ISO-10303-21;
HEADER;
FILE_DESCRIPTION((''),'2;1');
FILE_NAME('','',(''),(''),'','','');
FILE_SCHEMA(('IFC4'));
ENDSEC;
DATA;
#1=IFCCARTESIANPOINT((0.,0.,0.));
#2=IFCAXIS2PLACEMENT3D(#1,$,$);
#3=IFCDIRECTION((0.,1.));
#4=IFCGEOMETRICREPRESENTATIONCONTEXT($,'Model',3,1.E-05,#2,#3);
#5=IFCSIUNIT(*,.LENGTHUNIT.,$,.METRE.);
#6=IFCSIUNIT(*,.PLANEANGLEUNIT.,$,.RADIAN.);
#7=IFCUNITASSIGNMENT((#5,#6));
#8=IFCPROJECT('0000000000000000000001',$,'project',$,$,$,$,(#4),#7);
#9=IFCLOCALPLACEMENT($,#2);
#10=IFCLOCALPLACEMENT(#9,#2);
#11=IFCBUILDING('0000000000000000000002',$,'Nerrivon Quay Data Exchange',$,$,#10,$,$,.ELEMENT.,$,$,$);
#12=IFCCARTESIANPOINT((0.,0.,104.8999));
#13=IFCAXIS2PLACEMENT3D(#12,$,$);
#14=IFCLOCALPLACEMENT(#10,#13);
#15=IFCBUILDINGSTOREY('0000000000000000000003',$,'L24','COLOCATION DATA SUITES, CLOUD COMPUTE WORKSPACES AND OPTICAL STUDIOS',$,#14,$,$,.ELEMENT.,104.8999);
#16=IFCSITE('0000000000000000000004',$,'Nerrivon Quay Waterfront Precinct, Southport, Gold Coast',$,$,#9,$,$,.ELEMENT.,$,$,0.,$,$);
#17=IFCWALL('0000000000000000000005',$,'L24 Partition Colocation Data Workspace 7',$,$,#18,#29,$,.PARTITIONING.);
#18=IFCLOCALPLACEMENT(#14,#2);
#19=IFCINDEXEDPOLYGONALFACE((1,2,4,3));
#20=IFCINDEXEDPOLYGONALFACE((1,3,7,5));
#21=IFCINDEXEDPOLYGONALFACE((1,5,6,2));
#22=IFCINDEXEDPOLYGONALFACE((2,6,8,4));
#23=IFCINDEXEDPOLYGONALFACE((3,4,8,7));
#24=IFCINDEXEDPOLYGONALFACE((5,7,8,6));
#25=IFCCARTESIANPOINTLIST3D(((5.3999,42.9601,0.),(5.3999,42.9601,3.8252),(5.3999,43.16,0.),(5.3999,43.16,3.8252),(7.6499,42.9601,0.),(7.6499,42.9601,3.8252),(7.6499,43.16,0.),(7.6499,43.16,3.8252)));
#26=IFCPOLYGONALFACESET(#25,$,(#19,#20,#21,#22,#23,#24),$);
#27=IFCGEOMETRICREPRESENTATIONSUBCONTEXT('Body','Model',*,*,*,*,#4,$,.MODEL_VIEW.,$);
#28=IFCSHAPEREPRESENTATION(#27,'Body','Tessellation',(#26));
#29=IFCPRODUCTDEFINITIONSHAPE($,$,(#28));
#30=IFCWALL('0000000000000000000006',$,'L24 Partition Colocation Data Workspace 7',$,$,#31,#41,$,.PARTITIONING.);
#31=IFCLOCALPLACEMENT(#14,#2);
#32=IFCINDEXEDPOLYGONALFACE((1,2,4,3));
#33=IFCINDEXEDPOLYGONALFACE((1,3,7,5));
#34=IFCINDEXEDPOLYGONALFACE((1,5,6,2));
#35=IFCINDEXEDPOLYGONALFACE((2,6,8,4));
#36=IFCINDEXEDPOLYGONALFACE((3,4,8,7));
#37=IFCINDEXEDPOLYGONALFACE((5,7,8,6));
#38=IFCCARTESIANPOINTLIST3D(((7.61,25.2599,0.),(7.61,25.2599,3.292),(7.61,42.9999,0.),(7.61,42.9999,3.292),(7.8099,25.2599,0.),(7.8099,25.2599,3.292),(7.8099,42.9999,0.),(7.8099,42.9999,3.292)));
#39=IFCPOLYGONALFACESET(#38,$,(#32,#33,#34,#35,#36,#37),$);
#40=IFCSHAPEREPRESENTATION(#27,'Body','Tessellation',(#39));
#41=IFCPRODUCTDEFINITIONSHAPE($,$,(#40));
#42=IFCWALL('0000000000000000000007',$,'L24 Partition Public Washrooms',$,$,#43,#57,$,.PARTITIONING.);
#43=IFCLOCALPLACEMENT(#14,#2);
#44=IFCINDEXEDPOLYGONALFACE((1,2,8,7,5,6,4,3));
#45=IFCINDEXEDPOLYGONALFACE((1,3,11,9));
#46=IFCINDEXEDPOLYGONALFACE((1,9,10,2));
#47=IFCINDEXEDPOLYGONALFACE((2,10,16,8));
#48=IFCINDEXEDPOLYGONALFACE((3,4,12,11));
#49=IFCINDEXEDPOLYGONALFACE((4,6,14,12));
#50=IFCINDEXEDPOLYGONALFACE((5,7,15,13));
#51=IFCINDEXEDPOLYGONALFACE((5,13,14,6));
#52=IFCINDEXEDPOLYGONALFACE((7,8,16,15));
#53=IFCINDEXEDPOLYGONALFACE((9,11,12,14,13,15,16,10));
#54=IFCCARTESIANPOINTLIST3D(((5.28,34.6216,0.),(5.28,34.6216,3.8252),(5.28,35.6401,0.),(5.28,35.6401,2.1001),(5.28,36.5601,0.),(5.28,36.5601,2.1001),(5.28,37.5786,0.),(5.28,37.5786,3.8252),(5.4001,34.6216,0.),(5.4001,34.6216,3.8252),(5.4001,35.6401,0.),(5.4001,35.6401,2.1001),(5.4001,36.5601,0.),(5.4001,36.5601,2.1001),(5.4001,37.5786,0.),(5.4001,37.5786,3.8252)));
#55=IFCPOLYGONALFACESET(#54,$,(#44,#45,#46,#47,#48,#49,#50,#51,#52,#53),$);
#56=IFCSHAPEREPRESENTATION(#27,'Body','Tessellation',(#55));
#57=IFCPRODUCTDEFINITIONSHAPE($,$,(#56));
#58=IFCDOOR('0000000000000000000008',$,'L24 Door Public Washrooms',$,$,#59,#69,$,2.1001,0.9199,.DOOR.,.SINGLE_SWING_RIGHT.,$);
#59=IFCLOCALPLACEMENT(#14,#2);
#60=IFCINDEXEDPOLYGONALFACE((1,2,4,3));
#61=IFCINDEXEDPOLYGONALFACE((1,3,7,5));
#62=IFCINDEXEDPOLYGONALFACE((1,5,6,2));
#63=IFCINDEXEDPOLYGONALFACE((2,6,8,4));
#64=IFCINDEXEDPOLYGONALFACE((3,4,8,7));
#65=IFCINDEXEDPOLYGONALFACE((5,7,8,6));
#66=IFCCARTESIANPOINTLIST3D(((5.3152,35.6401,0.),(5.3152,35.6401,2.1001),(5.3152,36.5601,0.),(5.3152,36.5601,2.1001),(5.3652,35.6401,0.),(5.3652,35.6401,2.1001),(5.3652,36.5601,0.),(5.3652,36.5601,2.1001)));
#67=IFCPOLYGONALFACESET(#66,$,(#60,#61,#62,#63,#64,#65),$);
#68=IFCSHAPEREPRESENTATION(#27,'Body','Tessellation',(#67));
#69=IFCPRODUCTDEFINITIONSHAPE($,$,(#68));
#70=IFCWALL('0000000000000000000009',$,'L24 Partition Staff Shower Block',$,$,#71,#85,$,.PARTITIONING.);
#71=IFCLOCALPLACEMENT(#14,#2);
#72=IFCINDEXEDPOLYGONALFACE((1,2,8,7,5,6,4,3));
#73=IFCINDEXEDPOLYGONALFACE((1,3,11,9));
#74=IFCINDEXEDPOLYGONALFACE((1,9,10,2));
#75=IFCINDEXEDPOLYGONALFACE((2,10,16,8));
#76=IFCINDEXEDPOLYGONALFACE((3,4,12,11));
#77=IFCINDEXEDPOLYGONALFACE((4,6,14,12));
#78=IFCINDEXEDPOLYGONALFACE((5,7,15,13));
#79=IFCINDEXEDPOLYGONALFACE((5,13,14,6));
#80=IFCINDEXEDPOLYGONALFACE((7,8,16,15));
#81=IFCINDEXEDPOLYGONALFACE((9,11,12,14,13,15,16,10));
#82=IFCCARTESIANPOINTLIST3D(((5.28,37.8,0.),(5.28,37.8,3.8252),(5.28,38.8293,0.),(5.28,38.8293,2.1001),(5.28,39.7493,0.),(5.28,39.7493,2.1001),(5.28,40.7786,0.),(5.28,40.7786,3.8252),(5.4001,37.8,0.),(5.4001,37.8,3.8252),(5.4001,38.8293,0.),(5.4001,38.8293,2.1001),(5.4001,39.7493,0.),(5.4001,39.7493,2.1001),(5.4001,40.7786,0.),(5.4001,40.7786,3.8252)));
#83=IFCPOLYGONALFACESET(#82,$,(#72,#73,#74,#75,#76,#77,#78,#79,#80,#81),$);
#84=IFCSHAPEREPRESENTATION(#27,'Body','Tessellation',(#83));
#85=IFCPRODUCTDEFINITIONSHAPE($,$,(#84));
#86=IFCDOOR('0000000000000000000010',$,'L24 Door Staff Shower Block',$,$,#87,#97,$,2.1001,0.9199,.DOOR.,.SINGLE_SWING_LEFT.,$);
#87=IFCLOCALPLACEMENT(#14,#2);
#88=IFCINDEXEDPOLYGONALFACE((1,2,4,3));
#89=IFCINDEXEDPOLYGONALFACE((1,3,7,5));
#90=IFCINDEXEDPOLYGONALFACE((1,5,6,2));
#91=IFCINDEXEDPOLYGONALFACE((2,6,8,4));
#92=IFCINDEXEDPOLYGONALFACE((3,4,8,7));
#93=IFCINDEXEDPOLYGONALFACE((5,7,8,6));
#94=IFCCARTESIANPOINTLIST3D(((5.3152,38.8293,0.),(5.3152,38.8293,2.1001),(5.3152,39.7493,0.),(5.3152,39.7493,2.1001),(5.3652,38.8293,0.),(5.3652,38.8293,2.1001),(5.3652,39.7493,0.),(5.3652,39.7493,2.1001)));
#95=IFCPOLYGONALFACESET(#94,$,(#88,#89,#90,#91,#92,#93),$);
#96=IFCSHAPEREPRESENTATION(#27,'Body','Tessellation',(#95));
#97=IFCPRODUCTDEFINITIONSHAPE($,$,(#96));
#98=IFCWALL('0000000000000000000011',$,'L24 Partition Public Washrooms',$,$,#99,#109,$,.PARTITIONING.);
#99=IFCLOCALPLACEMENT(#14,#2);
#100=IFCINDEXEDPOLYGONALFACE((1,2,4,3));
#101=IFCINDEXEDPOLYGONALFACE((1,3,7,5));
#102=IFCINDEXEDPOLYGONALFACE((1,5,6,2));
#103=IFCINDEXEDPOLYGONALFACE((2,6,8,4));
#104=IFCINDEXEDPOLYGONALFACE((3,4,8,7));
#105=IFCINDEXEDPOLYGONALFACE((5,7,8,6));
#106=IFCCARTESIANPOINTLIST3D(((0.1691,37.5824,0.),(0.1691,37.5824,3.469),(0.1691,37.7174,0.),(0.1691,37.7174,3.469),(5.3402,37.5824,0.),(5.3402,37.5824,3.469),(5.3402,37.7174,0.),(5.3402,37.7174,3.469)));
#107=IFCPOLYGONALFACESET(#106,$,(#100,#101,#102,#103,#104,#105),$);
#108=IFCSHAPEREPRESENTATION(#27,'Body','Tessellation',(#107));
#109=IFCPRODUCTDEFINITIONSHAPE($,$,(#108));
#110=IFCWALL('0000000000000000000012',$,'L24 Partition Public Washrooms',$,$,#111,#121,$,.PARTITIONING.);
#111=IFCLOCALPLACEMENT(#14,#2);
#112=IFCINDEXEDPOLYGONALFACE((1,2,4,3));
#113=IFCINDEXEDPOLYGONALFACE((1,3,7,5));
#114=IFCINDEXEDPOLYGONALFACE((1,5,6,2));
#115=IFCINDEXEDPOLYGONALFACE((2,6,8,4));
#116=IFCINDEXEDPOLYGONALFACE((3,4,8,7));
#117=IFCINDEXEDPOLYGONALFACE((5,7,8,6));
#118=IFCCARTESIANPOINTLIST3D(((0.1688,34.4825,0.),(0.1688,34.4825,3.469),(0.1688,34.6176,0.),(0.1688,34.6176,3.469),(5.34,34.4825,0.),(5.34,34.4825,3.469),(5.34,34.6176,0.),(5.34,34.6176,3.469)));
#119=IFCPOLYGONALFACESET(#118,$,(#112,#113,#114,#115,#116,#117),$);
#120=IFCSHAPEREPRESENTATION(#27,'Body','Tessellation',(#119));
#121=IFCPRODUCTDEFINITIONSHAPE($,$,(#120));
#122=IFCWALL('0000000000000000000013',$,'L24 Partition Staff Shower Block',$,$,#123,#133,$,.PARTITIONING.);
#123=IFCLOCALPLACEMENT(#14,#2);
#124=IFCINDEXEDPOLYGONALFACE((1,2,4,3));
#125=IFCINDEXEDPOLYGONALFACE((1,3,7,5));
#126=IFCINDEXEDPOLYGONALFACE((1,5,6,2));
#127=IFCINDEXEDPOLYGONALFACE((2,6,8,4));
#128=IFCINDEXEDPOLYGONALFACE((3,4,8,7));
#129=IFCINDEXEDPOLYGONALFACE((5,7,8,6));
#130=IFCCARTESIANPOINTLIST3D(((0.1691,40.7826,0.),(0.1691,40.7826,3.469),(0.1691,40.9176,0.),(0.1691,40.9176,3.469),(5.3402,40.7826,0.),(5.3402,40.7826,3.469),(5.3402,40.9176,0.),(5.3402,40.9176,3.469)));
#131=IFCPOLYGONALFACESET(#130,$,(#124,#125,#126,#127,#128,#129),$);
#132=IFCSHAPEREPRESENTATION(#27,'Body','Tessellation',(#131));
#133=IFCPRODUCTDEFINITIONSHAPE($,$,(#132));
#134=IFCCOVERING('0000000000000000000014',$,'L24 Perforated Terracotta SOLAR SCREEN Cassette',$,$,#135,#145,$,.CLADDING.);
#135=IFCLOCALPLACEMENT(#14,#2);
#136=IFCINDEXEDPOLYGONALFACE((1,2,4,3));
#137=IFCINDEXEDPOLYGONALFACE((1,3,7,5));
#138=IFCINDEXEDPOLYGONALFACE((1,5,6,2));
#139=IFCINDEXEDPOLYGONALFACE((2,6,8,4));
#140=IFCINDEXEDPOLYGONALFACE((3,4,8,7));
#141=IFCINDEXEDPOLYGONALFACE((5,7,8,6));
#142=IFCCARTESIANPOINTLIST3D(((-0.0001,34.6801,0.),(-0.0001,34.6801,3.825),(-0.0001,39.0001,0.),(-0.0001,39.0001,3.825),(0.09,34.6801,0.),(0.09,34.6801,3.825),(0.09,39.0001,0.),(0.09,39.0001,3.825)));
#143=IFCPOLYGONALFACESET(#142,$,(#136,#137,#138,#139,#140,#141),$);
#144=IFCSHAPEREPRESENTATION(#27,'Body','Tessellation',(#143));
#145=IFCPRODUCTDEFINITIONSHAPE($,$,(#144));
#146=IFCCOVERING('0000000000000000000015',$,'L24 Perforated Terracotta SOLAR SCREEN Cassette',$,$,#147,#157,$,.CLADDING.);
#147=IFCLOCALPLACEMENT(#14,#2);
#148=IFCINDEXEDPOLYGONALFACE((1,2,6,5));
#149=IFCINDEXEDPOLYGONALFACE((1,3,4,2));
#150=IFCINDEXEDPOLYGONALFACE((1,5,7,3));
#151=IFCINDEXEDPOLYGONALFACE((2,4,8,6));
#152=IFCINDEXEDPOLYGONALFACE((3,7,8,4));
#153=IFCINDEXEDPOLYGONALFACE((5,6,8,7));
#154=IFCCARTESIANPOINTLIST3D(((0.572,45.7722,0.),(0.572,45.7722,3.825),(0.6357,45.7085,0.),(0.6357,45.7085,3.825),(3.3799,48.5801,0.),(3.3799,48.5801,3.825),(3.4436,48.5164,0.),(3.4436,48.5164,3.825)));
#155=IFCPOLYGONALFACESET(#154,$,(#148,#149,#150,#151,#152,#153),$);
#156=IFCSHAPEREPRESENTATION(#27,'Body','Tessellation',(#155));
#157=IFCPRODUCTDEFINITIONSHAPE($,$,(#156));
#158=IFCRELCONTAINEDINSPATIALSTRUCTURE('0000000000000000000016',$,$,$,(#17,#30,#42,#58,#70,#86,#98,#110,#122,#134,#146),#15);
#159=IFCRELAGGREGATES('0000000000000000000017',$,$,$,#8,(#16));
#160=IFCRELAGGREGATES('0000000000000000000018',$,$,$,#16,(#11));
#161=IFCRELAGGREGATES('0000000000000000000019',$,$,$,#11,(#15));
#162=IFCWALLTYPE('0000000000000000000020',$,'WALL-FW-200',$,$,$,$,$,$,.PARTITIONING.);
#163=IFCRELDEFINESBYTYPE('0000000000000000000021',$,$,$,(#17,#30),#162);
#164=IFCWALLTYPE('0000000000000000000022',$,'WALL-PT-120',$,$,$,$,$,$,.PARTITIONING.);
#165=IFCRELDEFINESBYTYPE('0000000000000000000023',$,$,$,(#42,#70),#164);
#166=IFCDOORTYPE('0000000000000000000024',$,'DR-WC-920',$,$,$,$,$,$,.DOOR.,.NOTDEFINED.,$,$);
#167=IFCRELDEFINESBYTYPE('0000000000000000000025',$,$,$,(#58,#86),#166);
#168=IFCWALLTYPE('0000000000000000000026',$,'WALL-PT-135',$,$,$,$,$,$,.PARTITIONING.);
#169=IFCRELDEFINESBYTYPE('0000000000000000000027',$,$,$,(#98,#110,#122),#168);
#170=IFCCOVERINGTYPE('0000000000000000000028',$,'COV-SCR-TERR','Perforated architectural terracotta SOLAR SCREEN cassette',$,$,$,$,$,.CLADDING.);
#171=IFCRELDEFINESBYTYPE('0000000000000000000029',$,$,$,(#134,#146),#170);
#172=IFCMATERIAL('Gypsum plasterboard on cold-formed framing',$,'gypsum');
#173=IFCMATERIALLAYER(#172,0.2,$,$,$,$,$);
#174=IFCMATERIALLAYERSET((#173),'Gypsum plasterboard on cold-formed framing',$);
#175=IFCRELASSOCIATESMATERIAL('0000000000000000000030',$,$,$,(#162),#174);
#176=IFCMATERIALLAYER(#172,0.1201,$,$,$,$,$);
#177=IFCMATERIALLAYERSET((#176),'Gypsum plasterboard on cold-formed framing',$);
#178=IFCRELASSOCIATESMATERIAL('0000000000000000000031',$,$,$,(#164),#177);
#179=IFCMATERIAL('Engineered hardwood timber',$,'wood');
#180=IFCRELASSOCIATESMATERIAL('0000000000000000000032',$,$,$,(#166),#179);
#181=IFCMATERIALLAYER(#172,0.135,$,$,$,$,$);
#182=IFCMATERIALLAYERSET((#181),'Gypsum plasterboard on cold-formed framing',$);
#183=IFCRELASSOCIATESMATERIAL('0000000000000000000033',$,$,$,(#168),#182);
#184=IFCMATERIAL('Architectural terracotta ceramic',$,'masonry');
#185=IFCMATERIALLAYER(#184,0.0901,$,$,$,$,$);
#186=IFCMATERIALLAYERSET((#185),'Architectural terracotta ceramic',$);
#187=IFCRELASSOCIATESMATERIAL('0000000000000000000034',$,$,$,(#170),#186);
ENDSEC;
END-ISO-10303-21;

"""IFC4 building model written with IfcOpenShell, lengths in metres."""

from ifc_helpers import new_model, si_unit, direction, frame, frame_2d, origin, origin_2d, place, context, subcontext, project, spatial, rectangle, extrude, material, layer, layer_set, type_object, element, fill, save


model = new_model("IFC4")

# Units and contexts
model_context = context("Model", 3, precision=1e-05, world=origin(), true_north=direction((0.0, 1.0)))
body_context = subcontext(model_context, "Body", "Model", "MODEL_VIEW")
ifc_project = project(units=[si_unit("LENGTHUNIT", "METRE"), si_unit("PLANEANGLEUNIT", "RADIAN")], contexts=[model_context])

# Site, building, storey
site_placement = place(None, origin())
site = spatial("IfcSite", under=ifc_project, at=site_placement, Name="Nerrivon Quay Waterfront Precinct, Southport, Gold Coast", CompositionType="ELEMENT", RefElevation=0.0)
building_placement = place(site_placement, origin())
building = spatial("IfcBuilding", under=site, at=building_placement, Name="Nerrivon Quay Data Exchange", CompositionType="ELEMENT")
storey_placement = place(building_placement, frame((0.0, 0.0, 104.8999)))
storey = spatial("IfcBuildingStorey", under=building, at=storey_placement, Name="L24", Description="COLOCATION DATA SUITES, CLOUD COMPUTE WORKSPACES AND OPTICAL STUDIOS", CompositionType="ELEMENT", Elevation=104.8999)

# Walls
ifc_material_1 = material(Name="Gypsum plasterboard on cold-formed framing", Category="gypsum")
ifc_layer_1 = layer(ifc_material_1, 0.2)
ifc_layer_set_1 = layer_set([ifc_layer_1], Name="Gypsum plasterboard on cold-formed framing")
wall_type_1 = type_object("IfcWallType", Name="WALL-FW-200", PredefinedType="PARTITIONING", material=ifc_layer_set_1)
wall_1_placement = place(storey_placement, frame((5.3999, 43.0601, 0.0), z_axis=(0.0, 0.0, 1.0), x_axis=(1.0, 0.0, 0.0)))
element("IfcWall", 1, at=wall_1_placement, inside=storey, type_object=wall_type_1, Name="L24 Partition Colocation Data Workspace 7", PredefinedType="PARTITIONING", context=body_context, shape_type="SweptSolid", body=[
    extrude(rectangle(XDim=2.25, YDim=0.2, at=frame_2d((1.125, 0.0))), origin(), (0.0, 0.0, 1.0), 3.8252),
])
wall_2_placement = place(storey_placement, frame((7.71, 43.0, 0.0), z_axis=(0.0, 0.0, 1.0), x_axis=(0.0, -1.0, 0.0)))
element("IfcWall", 2, at=wall_2_placement, inside=storey, type_object=wall_type_1, Name="L24 Partition Colocation Data Workspace 7", PredefinedType="PARTITIONING", context=body_context, shape_type="SweptSolid", body=[
    extrude(rectangle(XDim=17.74, YDim=0.2, at=frame_2d((8.8701, 0.0))), origin(), (0.0, 0.0, 1.0), 3.292),
])

# Walls, openings, doors
ifc_layer_2 = layer(ifc_material_1, 0.1201)
ifc_layer_set_2 = layer_set([ifc_layer_2], Name="Gypsum plasterboard on cold-formed framing")
wall_type_2 = type_object("IfcWallType", Name="WALL-PT-120", PredefinedType="PARTITIONING", material=ifc_layer_set_2)
wall_3_placement = place(storey_placement, frame((5.3401, 34.6216, 0.0), z_axis=(0.0, 0.0, 1.0), x_axis=(0.0, 1.0, 0.0)))
wall_3 = element("IfcWall", 3, at=wall_3_placement, inside=storey, type_object=wall_type_2, Name="L24 Partition Public Washrooms", PredefinedType="PARTITIONING", context=body_context, shape_type="SweptSolid", body=[
    extrude(rectangle(XDim=2.957, YDim=0.1201, at=frame_2d((1.4785, 0.0))), origin(), (0.0, 0.0, 1.0), 3.8252),
])
opening_1_placement = place(wall_3_placement, frame((1.0186, 0.0, 0.0)))
opening_1 = element("IfcOpeningElement", 4, at=opening_1_placement, cuts=wall_3, PredefinedType="OPENING", context=body_context, shape_type="SweptSolid", body=[
    extrude(rectangle(XDim=0.9199, YDim=2.1001, at=frame_2d((0.46, 1.05))), frame((0.0, 0.0701, 0.0), z_axis=(0.0, -1.0, 0.0), x_axis=(1.0, 0.0, 0.0)), (0.0, 0.0, 1.0), 0.1401),
])
ifc_material_2 = material(Name="Engineered hardwood timber", Category="wood")
door_type = type_object("IfcDoorType", Name="DR-WC-920", OperationType="NOTDEFINED", PredefinedType="DOOR", material=ifc_material_2)
door_1_placement = place(opening_1_placement, origin())
door_1 = element("IfcDoor", 5, at=door_1_placement, inside=storey, type_object=door_type, Name="L24 Door Public Washrooms", OperationType="SINGLE_SWING_RIGHT", OverallHeight=2.1001, OverallWidth=0.9199, PredefinedType="DOOR", context=body_context, shape_type="SweptSolid", body=[
    extrude(rectangle(XDim=0.9199, YDim=2.1001, at=frame_2d((0.46, 1.05))), frame((0.0, 0.0249, 0.0), z_axis=(0.0, -1.0, 0.0), x_axis=(1.0, 0.0, 0.0)), (0.0, 0.0, 1.0), 0.05),
])
fill(opening_1, door_1)
wall_4_placement = place(storey_placement, frame((5.3401, 37.8, 0.0), z_axis=(0.0, 0.0, 1.0), x_axis=(0.0, 1.0, 0.0)))
wall_4 = element("IfcWall", 6, at=wall_4_placement, inside=storey, type_object=wall_type_2, Name="L24 Partition Staff Shower Block", PredefinedType="PARTITIONING", context=body_context, shape_type="SweptSolid", body=[
    extrude(rectangle(XDim=2.9785, YDim=0.1201, at=frame_2d((1.4893, 0.0))), origin(), (0.0, 0.0, 1.0), 3.8252),
])
opening_2_placement = place(wall_4_placement, frame((1.0293, 0.0, 0.0)))
opening_2 = element("IfcOpeningElement", 7, at=opening_2_placement, cuts=wall_4, PredefinedType="OPENING", context=body_context, shape_type="SweptSolid", body=[
    extrude(rectangle(XDim=0.9199, YDim=2.1001, at=frame_2d((0.46, 1.05))), frame((0.0, 0.0701, 0.0), z_axis=(0.0, -1.0, 0.0), x_axis=(1.0, 0.0, 0.0)), (0.0, 0.0, 1.0), 0.1401),
])
door_2_placement = place(opening_2_placement, origin())
door_2 = element("IfcDoor", 8, at=door_2_placement, inside=storey, type_object=door_type, Name="L24 Door Staff Shower Block", OperationType="SINGLE_SWING_LEFT", OverallHeight=2.1001, OverallWidth=0.9199, PredefinedType="DOOR", context=body_context, shape_type="SweptSolid", body=[
    extrude(rectangle(XDim=0.9199, YDim=2.1001, at=frame_2d((0.46, 1.05))), frame((0.0, 0.0249, 0.0), z_axis=(0.0, -1.0, 0.0), x_axis=(1.0, 0.0, 0.0)), (0.0, 0.0, 1.0), 0.05),
])
fill(opening_2, door_2)

# Walls
ifc_layer_3 = layer(ifc_material_1, 0.135)
ifc_layer_set_3 = layer_set([ifc_layer_3], Name="Gypsum plasterboard on cold-formed framing")
wall_type_3 = type_object("IfcWallType", Name="WALL-PT-135", PredefinedType="PARTITIONING", material=ifc_layer_set_3)
for number, where, z_axis, x_axis, name in (
    (9, (5.3401, 37.6499, 0.0), (0.0, 0.0, 1.0), (-1.0, 0.0, 0.0), "L24 Partition Public Washrooms"),
    (10, (0.1689, 34.55, 0.0), (0.0, 0.0, 1.0), (1.0, 0.0, 0.0), "L24 Partition Public Washrooms"),
    (11, (5.3401, 40.8501, 0.0), (0.0, 0.0, 1.0), (-1.0, 0.0, 0.0), "L24 Partition Staff Shower Block"),
):
    element("IfcWall", number, at=place(storey_placement, frame(where, z_axis=z_axis, x_axis=x_axis)), inside=storey, type_object=wall_type_3, Name=name, PredefinedType="PARTITIONING", context=body_context, shape_type="SweptSolid", body=[
        extrude(rectangle(XDim=5.1711, YDim=0.135, at=frame_2d((2.5854, 0.0))), origin(), (0.0, 0.0, 1.0), 3.469),
    ])

# Coverings
ifc_material_3 = material(Name="Architectural terracotta ceramic", Category="masonry")
ifc_layer_4 = layer(ifc_material_3, 0.0901)
ifc_layer_set_4 = layer_set([ifc_layer_4], Name="Architectural terracotta ceramic")
covering_type = type_object("IfcCoveringType", Name="COV-SCR-TERR", Description="Perforated architectural terracotta SOLAR SCREEN cassette", PredefinedType="CLADDING", material=ifc_layer_set_4)
covering_1_placement = place(storey_placement, frame((0.0449, 36.8401, 0.0), z_axis=(0.0, 0.0, 1.0), x_axis=(0.0, 1.0, 0.0)))
element("IfcCovering", 12, at=covering_1_placement, inside=storey, type_object=covering_type, Name="L24 Perforated Terracotta SOLAR SCREEN Cassette", PredefinedType="CLADDING", context=body_context, shape_type="SweptSolid", body=[
    extrude(rectangle(XDim=4.3201, YDim=0.0901, at=origin_2d()), origin(), (0.0, 0.0, 1.0), 3.825),
])
covering_2_placement = place(storey_placement, frame((2.0078, 47.1443, 0.0), z_axis=(0.0, 0.0, 1.0), x_axis=(0.707107, 0.707107, 0.0)))
element("IfcCovering", 13, at=covering_2_placement, inside=storey, type_object=covering_type, Name="L24 Perforated Terracotta SOLAR SCREEN Cassette", PredefinedType="CLADDING", context=body_context, shape_type="SweptSolid", body=[
    extrude(rectangle(XDim=3.9709, YDim=0.0901, at=origin_2d()), origin(), (0.0, 0.0, 1.0), 3.825),
])

save(model, "model.ifc")
